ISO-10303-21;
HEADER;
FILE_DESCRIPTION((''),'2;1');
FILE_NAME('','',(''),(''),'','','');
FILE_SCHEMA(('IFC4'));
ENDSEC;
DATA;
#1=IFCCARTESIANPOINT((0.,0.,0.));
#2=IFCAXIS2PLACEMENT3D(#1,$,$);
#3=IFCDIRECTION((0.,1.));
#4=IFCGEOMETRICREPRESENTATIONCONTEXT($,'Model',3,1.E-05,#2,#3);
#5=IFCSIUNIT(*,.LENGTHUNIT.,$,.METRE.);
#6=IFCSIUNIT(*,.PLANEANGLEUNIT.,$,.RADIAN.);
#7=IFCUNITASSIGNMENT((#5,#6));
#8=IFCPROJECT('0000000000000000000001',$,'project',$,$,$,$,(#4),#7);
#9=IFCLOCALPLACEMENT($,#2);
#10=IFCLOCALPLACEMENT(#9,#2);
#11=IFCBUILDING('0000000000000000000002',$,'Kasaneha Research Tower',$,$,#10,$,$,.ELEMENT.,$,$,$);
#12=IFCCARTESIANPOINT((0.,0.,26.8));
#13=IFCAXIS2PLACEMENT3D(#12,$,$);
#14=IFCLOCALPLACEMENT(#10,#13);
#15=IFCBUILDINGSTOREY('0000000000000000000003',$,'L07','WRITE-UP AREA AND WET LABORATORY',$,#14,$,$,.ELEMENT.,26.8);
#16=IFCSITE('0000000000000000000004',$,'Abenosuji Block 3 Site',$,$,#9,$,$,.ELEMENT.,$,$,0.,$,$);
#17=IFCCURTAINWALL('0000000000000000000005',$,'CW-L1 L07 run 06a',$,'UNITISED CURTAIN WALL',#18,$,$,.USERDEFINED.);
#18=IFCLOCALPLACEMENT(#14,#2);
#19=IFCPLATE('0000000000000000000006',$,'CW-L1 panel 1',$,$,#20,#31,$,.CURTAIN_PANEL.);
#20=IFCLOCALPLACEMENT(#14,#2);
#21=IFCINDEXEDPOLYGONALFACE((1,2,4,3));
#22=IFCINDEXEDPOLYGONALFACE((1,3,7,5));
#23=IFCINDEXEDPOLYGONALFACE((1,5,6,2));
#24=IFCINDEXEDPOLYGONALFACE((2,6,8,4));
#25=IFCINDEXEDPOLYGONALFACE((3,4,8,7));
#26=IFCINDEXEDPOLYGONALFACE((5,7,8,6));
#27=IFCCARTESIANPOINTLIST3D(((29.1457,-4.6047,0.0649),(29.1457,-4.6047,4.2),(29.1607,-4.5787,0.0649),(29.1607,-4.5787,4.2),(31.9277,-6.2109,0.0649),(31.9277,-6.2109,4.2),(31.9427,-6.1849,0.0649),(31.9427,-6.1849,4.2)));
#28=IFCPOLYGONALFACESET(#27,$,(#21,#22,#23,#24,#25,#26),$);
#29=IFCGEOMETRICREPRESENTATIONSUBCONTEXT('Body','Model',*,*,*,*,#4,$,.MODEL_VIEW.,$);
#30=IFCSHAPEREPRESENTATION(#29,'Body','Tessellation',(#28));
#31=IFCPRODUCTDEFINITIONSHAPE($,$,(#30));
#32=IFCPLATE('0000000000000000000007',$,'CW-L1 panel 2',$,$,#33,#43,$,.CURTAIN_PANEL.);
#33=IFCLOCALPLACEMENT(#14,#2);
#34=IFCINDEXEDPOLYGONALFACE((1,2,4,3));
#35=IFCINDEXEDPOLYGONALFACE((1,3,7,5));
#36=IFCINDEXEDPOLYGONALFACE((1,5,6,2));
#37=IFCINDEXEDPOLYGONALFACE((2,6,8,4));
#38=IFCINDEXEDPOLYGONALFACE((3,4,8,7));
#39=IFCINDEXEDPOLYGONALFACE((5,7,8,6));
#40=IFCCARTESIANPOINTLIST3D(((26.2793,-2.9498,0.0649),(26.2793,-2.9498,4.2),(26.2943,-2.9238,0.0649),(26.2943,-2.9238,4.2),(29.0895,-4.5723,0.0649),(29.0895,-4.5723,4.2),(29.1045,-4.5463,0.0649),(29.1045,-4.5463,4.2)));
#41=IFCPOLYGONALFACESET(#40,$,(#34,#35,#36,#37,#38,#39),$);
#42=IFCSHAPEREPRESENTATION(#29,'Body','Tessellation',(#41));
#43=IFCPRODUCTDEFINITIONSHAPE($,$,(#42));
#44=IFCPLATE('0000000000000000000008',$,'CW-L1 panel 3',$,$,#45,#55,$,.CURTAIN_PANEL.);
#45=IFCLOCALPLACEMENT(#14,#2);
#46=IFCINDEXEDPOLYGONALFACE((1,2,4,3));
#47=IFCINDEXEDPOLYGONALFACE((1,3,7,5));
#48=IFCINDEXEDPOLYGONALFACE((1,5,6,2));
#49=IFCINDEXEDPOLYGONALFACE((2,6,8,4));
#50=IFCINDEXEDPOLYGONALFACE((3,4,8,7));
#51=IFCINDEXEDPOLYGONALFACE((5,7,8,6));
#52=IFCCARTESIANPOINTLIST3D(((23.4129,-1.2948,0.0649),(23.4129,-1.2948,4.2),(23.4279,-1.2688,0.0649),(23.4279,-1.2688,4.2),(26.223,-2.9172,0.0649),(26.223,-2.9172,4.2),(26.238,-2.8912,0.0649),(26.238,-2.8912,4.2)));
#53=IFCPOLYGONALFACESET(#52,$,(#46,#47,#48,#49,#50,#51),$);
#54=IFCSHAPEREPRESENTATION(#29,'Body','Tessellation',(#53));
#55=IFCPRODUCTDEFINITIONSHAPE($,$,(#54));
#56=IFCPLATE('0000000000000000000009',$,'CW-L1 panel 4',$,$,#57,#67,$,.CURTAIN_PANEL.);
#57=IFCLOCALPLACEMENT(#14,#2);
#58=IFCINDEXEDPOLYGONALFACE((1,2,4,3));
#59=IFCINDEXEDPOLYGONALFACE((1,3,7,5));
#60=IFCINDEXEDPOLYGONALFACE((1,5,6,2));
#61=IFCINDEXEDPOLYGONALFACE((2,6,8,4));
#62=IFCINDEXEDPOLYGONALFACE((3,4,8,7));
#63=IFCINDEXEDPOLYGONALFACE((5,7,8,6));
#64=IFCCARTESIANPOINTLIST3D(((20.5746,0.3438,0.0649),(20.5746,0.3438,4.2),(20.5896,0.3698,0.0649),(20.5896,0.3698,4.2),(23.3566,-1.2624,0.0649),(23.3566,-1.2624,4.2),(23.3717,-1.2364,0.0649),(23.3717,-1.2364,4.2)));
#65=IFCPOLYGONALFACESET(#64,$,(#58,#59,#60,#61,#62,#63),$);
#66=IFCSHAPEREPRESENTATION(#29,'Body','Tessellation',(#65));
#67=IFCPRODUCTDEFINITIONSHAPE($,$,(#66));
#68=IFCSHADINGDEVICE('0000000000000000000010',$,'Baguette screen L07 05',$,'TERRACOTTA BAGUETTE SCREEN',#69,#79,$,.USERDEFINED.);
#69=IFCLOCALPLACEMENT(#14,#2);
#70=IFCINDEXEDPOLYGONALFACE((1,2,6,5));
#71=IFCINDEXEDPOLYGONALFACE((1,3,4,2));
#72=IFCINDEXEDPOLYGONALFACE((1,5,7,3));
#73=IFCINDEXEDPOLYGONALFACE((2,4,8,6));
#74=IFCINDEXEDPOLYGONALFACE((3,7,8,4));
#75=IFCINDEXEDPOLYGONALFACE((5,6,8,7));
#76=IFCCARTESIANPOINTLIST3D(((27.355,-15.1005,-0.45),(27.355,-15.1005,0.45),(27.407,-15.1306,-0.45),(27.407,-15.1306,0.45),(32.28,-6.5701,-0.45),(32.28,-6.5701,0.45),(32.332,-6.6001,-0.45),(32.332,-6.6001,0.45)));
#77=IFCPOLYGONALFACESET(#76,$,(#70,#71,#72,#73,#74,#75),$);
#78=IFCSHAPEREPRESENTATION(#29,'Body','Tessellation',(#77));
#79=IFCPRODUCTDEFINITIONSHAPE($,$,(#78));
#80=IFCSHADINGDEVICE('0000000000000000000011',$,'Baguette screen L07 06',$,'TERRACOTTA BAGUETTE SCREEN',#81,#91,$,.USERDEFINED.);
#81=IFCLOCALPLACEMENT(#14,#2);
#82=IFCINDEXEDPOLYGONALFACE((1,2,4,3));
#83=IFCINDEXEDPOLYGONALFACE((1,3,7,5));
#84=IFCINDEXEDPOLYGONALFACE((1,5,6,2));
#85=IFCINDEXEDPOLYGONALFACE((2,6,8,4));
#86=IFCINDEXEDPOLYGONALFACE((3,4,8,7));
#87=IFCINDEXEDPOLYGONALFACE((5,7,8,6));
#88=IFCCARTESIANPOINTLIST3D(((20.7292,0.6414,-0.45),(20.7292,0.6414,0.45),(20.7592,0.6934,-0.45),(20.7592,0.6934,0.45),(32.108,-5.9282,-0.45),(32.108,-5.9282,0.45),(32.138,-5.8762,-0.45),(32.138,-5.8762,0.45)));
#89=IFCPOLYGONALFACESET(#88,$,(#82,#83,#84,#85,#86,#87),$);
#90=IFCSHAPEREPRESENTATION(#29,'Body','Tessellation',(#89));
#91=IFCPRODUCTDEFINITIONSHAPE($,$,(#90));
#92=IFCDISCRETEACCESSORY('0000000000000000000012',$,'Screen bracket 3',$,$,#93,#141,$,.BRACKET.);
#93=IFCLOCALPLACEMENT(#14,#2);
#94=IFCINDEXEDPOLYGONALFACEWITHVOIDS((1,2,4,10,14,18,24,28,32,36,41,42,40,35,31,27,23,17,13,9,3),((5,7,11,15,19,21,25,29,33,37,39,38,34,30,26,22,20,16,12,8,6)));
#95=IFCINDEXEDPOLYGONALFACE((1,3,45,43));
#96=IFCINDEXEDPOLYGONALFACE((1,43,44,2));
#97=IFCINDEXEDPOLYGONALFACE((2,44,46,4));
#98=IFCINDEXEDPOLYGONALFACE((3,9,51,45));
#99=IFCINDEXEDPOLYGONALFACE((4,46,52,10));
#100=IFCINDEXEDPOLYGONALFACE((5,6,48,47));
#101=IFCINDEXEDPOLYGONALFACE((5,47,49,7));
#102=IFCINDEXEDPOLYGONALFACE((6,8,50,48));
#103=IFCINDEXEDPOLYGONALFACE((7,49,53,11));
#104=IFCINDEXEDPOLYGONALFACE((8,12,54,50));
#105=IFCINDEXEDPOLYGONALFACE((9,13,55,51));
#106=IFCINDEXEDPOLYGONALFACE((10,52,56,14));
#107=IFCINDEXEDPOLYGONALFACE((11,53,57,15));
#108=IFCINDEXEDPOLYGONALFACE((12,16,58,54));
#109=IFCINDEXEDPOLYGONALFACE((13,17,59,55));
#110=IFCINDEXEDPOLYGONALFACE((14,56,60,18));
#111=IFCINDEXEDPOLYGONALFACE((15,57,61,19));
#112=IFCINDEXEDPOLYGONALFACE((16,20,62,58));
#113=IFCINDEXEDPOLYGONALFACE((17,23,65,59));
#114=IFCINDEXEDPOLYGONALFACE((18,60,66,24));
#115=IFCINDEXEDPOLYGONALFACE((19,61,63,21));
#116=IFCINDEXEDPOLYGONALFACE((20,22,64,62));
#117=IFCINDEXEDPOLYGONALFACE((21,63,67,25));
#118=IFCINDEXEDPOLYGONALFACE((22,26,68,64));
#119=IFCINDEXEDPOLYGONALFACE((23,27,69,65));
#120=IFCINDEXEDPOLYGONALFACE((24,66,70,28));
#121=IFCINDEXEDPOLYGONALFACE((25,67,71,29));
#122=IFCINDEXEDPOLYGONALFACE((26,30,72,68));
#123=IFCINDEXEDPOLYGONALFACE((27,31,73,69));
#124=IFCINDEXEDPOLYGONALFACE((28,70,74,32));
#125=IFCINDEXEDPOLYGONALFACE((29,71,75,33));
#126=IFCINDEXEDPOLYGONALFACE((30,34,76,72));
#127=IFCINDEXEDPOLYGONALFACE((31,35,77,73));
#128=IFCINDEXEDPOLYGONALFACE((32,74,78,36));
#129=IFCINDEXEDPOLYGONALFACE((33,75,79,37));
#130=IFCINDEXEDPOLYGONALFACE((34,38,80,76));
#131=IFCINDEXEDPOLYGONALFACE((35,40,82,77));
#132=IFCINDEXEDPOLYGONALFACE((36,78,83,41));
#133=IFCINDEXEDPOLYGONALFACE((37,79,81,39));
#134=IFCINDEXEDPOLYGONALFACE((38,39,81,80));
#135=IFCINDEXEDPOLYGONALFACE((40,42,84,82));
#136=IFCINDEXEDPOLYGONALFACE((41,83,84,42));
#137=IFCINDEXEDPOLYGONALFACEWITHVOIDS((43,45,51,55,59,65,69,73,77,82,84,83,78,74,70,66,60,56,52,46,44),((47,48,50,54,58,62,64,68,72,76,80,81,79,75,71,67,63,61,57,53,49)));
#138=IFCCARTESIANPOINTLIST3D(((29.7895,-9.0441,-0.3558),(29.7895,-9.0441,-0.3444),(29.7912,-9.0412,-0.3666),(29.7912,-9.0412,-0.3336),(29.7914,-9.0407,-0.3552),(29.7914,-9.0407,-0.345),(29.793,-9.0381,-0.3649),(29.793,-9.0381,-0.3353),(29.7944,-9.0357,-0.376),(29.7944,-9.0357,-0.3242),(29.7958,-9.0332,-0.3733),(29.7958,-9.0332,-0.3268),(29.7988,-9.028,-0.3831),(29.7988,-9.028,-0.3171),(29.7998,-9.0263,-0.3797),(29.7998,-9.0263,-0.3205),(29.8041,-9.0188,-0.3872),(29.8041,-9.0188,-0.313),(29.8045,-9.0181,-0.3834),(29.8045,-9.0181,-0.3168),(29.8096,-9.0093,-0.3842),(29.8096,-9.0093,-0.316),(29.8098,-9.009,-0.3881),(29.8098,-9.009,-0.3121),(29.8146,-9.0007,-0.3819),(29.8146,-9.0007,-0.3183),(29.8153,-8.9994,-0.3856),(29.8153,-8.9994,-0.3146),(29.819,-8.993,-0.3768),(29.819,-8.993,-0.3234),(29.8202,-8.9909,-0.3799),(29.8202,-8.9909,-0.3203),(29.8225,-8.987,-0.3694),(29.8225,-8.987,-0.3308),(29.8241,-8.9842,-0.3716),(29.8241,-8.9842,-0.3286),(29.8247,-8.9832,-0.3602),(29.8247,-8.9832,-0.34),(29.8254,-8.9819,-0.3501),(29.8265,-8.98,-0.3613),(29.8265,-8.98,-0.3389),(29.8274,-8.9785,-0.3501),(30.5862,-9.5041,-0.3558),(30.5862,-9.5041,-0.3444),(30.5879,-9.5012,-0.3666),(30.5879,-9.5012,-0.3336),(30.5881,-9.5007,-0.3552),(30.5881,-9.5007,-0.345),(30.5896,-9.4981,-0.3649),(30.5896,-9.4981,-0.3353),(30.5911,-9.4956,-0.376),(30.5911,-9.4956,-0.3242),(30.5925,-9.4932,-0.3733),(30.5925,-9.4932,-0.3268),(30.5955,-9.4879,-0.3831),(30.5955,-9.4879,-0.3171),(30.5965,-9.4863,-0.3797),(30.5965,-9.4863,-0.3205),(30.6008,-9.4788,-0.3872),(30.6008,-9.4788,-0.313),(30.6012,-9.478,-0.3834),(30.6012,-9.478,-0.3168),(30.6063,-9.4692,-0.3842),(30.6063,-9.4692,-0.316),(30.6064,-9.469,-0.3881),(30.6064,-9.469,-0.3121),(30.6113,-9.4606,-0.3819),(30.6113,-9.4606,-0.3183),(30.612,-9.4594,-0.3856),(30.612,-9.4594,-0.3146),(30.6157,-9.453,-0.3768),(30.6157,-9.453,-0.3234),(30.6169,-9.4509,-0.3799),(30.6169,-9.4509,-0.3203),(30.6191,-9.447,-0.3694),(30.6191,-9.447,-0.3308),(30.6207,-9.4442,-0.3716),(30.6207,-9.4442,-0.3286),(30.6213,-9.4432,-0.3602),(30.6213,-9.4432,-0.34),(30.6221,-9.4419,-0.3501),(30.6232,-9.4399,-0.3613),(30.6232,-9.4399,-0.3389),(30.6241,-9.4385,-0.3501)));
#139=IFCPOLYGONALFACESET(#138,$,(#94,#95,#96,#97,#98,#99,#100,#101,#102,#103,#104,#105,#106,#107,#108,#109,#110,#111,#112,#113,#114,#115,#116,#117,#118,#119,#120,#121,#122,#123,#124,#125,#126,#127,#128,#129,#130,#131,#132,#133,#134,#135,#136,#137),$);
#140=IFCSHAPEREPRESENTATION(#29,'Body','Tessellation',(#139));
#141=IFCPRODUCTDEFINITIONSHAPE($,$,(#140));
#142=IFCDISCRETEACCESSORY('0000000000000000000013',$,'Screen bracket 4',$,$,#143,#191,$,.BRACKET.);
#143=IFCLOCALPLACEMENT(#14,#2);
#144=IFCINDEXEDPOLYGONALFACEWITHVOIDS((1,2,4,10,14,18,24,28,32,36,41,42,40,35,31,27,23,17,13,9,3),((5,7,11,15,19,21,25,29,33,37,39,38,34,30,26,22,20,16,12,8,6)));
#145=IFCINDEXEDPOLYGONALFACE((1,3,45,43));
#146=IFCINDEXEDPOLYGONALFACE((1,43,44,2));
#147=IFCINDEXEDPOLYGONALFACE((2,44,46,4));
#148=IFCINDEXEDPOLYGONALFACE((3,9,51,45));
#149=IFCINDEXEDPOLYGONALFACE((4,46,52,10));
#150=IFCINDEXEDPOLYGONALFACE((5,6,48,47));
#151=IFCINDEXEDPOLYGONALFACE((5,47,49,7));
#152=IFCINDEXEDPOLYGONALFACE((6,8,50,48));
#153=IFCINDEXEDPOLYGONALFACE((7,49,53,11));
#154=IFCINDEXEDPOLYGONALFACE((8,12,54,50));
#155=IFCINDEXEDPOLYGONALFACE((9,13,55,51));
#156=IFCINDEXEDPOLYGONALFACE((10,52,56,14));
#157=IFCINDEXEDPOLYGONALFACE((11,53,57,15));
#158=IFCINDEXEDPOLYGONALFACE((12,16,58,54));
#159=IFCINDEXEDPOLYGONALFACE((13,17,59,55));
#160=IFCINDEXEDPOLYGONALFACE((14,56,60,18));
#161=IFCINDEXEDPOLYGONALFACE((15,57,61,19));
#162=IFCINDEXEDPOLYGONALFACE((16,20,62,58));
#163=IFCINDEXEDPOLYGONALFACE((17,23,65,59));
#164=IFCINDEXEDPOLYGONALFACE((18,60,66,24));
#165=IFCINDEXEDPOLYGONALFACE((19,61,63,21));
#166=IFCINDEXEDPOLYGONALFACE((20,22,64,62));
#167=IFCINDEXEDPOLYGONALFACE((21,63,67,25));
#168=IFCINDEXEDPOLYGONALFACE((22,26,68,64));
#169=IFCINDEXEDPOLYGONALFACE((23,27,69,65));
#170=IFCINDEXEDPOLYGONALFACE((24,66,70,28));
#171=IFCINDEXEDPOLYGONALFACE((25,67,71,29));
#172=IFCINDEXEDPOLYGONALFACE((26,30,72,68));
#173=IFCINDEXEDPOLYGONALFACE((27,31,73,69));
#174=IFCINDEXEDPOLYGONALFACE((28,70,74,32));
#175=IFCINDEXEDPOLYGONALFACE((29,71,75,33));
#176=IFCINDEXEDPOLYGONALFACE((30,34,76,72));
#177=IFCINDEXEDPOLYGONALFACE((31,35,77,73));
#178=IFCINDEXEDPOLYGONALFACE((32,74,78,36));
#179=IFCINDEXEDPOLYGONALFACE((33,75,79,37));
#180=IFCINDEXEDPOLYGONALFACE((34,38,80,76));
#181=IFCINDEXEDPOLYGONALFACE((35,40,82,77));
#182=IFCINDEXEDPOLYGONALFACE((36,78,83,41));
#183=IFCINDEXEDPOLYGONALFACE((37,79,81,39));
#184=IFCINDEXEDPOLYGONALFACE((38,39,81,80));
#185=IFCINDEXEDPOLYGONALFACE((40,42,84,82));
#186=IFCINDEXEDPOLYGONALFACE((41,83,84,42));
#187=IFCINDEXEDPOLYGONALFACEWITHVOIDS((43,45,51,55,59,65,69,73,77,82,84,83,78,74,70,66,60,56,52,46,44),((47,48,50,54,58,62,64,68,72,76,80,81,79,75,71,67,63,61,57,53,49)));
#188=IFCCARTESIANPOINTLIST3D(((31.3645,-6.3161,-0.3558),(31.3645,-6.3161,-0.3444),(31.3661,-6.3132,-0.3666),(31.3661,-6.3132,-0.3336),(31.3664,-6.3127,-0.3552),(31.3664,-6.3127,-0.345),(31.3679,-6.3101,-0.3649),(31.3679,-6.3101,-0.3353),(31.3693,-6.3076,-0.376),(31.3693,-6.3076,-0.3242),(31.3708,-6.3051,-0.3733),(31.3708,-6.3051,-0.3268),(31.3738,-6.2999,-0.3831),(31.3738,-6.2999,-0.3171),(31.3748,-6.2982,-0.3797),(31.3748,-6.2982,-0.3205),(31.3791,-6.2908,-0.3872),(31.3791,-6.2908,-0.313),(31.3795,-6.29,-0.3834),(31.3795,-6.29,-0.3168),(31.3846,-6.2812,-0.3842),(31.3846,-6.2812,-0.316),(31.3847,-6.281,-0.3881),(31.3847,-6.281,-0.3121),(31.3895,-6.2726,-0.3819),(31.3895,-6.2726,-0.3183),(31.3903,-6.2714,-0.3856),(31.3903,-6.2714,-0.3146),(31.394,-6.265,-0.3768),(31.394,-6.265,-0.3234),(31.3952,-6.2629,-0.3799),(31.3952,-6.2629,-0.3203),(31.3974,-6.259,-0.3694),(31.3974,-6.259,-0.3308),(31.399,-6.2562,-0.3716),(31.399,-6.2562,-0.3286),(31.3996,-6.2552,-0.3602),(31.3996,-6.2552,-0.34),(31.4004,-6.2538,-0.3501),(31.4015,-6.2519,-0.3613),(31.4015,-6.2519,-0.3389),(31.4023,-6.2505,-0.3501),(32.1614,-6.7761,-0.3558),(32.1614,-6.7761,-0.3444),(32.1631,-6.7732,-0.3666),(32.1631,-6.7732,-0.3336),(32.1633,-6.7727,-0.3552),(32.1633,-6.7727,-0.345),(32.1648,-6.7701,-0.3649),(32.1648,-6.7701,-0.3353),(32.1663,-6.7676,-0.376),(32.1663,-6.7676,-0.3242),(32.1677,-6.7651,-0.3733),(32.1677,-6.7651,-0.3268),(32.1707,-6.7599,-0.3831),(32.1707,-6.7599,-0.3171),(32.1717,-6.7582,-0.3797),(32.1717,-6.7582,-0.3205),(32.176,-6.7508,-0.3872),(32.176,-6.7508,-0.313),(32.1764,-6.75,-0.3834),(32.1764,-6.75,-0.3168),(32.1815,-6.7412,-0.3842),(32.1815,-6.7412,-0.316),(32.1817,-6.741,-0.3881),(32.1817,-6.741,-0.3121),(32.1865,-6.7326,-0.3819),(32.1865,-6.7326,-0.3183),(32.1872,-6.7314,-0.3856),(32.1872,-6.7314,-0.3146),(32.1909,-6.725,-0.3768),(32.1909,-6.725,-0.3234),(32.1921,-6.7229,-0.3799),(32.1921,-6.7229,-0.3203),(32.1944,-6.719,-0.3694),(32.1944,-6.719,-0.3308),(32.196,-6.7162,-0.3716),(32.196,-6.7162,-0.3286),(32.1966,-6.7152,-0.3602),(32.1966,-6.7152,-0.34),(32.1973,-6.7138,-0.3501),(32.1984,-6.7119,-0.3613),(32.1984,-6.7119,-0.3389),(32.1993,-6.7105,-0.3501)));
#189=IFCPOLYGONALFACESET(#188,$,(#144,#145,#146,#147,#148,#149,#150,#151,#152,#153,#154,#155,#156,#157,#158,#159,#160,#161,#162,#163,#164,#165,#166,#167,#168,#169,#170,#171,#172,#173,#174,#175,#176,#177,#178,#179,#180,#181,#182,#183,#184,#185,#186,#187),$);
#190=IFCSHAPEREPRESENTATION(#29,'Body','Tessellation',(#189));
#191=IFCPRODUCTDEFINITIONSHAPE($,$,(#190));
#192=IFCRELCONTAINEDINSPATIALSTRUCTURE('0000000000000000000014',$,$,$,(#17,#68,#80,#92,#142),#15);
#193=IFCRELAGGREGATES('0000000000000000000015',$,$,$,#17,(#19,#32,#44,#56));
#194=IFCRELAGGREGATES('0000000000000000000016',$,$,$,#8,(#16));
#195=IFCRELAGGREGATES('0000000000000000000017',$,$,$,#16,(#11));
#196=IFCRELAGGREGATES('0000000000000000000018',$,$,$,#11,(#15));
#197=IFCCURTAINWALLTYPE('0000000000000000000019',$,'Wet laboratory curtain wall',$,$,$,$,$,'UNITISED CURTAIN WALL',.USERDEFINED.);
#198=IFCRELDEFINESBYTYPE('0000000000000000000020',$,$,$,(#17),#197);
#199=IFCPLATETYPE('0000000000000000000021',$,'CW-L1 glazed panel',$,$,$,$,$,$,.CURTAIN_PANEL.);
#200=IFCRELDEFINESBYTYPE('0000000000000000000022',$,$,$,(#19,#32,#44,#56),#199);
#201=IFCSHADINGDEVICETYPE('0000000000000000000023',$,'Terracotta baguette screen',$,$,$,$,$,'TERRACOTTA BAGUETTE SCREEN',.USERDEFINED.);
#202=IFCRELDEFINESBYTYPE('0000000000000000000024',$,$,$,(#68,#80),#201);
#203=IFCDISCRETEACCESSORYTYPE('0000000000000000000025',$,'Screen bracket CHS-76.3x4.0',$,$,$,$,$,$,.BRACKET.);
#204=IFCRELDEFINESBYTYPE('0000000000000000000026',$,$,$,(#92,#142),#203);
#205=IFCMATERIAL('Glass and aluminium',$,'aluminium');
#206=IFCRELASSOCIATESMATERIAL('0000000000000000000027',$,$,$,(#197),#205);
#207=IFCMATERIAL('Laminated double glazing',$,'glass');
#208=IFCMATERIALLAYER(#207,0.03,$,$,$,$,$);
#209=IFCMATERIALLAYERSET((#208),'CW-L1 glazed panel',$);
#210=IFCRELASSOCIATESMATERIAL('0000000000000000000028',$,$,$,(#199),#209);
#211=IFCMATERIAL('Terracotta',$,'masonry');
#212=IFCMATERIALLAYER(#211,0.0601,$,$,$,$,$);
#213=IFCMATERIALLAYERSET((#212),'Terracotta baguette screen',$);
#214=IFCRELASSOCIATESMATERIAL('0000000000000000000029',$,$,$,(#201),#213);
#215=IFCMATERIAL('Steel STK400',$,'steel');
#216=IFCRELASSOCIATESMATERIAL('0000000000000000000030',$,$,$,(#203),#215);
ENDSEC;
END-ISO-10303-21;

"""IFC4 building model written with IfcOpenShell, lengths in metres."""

from ifc_helpers import new_model, si_unit, direction, frame, origin, origin_2d, place, context, subcontext, project, spatial, rectangle, hollow_circle, extrude, material, layer, layer_set, material_profile, profile_set, type_object, element, aggregate, save


model = new_model("IFC4")

# Units and contexts
model_context = context("Model", 3, precision=1e-05, world=origin(), true_north=direction((0.0, 1.0)))
body_context = subcontext(model_context, "Body", "Model", "MODEL_VIEW")
ifc_project = project(units=[si_unit("LENGTHUNIT", "METRE"), si_unit("PLANEANGLEUNIT", "RADIAN")], contexts=[model_context])

# Site, building, storey
site_placement = place(None, origin())
site = spatial("IfcSite", under=ifc_project, at=site_placement, Name="Abenosuji Block 3 Site", CompositionType="ELEMENT", RefElevation=0.0)
building_placement = place(site_placement, origin())
building = spatial("IfcBuilding", under=site, at=building_placement, Name="Kasaneha Research Tower", CompositionType="ELEMENT")
storey_placement = place(building_placement, frame((0.0, 0.0, 26.8)))
storey = spatial("IfcBuildingStorey", under=building, at=storey_placement, Name="L07", Description="WRITE-UP AREA AND WET LABORATORY", CompositionType="ELEMENT", Elevation=26.8)

# Curtain wall
ifc_material_1 = material(Name="Glass and aluminium", Category="aluminium")
curtain_wall_type = type_object("IfcCurtainWallType", Name="Wet laboratory curtain wall", ElementType="UNITISED CURTAIN WALL", PredefinedType="USERDEFINED", material=ifc_material_1)
curtain_wall_1_placement = place(storey_placement, origin())
curtain_wall_1 = element("IfcCurtainWall", 1, at=curtain_wall_1_placement, inside=storey, type_object=curtain_wall_type, Name="CW-L1 L07 run 06a", ObjectType="UNITISED CURTAIN WALL", PredefinedType="USERDEFINED")

# Plates
ifc_material_2 = material(Name="Laminated double glazing", Category="glass")
ifc_layer_1 = layer(ifc_material_2, 0.03)
ifc_layer_set_1 = layer_set([ifc_layer_1], Name="CW-L1 glazed panel")
plate_type = type_object("IfcPlateType", Name="CW-L1 glazed panel", PredefinedType="CURTAIN_PANEL", material=ifc_layer_set_1)
plate_1_placement = place(storey_placement, frame((30.5442, -5.3948, 0.0649), z_axis=(0.0, 0.0, 1.0), x_axis=(-0.866025, 0.5, 0.0)))
plate_1 = element("IfcPlate", 2, at=plate_1_placement, type_object=plate_type, Name="CW-L1 panel 1", PredefinedType="CURTAIN_PANEL", context=body_context, shape_type="SweptSolid", body=[
    extrude(rectangle(XDim=3.2124, YDim=0.03, at=origin_2d()), origin(), (0.0, 0.0, 1.0), 4.135),
])
plate_2_placement = place(storey_placement, frame((27.6919, -3.748, 0.0649), z_axis=(0.0, 0.0, 1.0), x_axis=(-0.866025, 0.5, 0.0)))
plate_2 = element("IfcPlate", 3, at=plate_2_placement, type_object=plate_type, Name="CW-L1 panel 2", PredefinedType="CURTAIN_PANEL", context=body_context, shape_type="SweptSolid", body=[
    extrude(rectangle(XDim=3.2449, YDim=0.03, at=origin_2d()), origin(), (0.0, 0.0, 1.0), 4.135),
])
plate_3_placement = place(storey_placement, frame((24.8254, -2.093, 0.0649), z_axis=(0.0, 0.0, 1.0), x_axis=(-0.866025, 0.5, 0.0)))
plate_3 = element("IfcPlate", 4, at=plate_3_placement, type_object=plate_type, Name="CW-L1 panel 3", PredefinedType="CURTAIN_PANEL", context=body_context, shape_type="SweptSolid", body=[
    extrude(rectangle(XDim=3.2449, YDim=0.03, at=origin_2d()), origin(), (0.0, 0.0, 1.0), 4.135),
])
plate_4_placement = place(storey_placement, frame((21.9731, -0.4463, 0.0649), z_axis=(0.0, 0.0, 1.0), x_axis=(-0.866025, 0.5, 0.0)))
plate_4 = element("IfcPlate", 5, at=plate_4_placement, type_object=plate_type, Name="CW-L1 panel 4", PredefinedType="CURTAIN_PANEL", context=body_context, shape_type="SweptSolid", body=[
    extrude(rectangle(XDim=3.2124, YDim=0.03, at=origin_2d()), origin(), (0.0, 0.0, 1.0), 4.135),
])
aggregate(curtain_wall_1, [plate_1, plate_2, plate_3, plate_4])

# Shading devices
ifc_material_3 = material(Name="Terracotta", Category="masonry")
ifc_layer_2 = layer(ifc_material_3, 0.0601)
ifc_layer_set_2 = layer_set([ifc_layer_2], Name="Terracotta baguette screen")
shading_device_type = type_object("IfcShadingDeviceType", Name="Terracotta baguette screen", ElementType="TERRACOTTA BAGUETTE SCREEN", PredefinedType="USERDEFINED", material=ifc_layer_set_2)
shading_device_1_placement = place(storey_placement, frame((29.8435, -10.8503, -0.45), z_axis=(0.0, 0.0, 1.0), x_axis=(0.5, 0.866025, 0.0)))
element("IfcShadingDevice", 6, at=shading_device_1_placement, inside=storey, type_object=shading_device_type, Name="Baguette screen L07 05", ObjectType="TERRACOTTA BAGUETTE SCREEN", PredefinedType="USERDEFINED", context=body_context, shape_type="SweptSolid", body=[
    extrude(rectangle(XDim=9.8501, YDim=0.0601, at=origin_2d()), origin(), (0.0, 0.0, 1.0), 0.8999),
])
shading_device_2_placement = place(storey_placement, frame((26.4336, -2.6174, -0.45), z_axis=(0.0, 0.0, 1.0), x_axis=(-0.866025, 0.5, 0.0)))
element("IfcShadingDevice", 7, at=shading_device_2_placement, inside=storey, type_object=shading_device_type, Name="Baguette screen L07 06", ObjectType="TERRACOTTA BAGUETTE SCREEN", PredefinedType="USERDEFINED", context=body_context, shape_type="SweptSolid", body=[
    extrude(rectangle(XDim=13.1392, YDim=0.0601, at=origin_2d()), origin(), (0.0, 0.0, 1.0), 0.8999),
])

# Discrete accessories
ifc_material_4 = material(Name="Steel STK400", Category="steel")
ifc_material_profile_1 = material_profile(ifc_material_4, hollow_circle(Radius=0.0381, WallThickness=0.0039, at=origin_2d()), Name="CHS-76.3x4.0")
ifc_profile_set_1 = profile_set([ifc_material_profile_1], Name="Steel STK400")
discrete_accessory_type = type_object("IfcDiscreteAccessoryType", Name="Screen bracket CHS-76.3x4.0", PredefinedType="BRACKET", material=ifc_profile_set_1)
discrete_accessory_1_placement = place(storey_placement, frame((29.8083, -9.0115, -0.3501), z_axis=(0.866013, -0.500021, 0.0), x_axis=(0.500021, 0.866013, 0.0)))
element("IfcDiscreteAccessory", 8, at=discrete_accessory_1_placement, inside=storey, type_object=discrete_accessory_type, Name="Screen bracket 3", PredefinedType="BRACKET", context=body_context, shape_type="SweptSolid", body=[
    extrude(hollow_circle(Radius=0.0381, WallThickness=0.0039, at=origin_2d()), origin(), (0.0, 0.0, 1.0), 0.9199),
])
discrete_accessory_2_placement = place(storey_placement, frame((31.3833, -6.2834, -0.3501), z_axis=(0.86608, -0.499906, 0.0), x_axis=(0.499906, 0.86608, 0.0)))
element("IfcDiscreteAccessory", 9, at=discrete_accessory_2_placement, inside=storey, type_object=discrete_accessory_type, Name="Screen bracket 4", PredefinedType="BRACKET", context=body_context, shape_type="SweptSolid", body=[
    extrude(hollow_circle(Radius=0.0381, WallThickness=0.0039, at=origin_2d()), origin(), (0.0, 0.0, 1.0), 0.9202),
])

save(model, "model.ifc")
